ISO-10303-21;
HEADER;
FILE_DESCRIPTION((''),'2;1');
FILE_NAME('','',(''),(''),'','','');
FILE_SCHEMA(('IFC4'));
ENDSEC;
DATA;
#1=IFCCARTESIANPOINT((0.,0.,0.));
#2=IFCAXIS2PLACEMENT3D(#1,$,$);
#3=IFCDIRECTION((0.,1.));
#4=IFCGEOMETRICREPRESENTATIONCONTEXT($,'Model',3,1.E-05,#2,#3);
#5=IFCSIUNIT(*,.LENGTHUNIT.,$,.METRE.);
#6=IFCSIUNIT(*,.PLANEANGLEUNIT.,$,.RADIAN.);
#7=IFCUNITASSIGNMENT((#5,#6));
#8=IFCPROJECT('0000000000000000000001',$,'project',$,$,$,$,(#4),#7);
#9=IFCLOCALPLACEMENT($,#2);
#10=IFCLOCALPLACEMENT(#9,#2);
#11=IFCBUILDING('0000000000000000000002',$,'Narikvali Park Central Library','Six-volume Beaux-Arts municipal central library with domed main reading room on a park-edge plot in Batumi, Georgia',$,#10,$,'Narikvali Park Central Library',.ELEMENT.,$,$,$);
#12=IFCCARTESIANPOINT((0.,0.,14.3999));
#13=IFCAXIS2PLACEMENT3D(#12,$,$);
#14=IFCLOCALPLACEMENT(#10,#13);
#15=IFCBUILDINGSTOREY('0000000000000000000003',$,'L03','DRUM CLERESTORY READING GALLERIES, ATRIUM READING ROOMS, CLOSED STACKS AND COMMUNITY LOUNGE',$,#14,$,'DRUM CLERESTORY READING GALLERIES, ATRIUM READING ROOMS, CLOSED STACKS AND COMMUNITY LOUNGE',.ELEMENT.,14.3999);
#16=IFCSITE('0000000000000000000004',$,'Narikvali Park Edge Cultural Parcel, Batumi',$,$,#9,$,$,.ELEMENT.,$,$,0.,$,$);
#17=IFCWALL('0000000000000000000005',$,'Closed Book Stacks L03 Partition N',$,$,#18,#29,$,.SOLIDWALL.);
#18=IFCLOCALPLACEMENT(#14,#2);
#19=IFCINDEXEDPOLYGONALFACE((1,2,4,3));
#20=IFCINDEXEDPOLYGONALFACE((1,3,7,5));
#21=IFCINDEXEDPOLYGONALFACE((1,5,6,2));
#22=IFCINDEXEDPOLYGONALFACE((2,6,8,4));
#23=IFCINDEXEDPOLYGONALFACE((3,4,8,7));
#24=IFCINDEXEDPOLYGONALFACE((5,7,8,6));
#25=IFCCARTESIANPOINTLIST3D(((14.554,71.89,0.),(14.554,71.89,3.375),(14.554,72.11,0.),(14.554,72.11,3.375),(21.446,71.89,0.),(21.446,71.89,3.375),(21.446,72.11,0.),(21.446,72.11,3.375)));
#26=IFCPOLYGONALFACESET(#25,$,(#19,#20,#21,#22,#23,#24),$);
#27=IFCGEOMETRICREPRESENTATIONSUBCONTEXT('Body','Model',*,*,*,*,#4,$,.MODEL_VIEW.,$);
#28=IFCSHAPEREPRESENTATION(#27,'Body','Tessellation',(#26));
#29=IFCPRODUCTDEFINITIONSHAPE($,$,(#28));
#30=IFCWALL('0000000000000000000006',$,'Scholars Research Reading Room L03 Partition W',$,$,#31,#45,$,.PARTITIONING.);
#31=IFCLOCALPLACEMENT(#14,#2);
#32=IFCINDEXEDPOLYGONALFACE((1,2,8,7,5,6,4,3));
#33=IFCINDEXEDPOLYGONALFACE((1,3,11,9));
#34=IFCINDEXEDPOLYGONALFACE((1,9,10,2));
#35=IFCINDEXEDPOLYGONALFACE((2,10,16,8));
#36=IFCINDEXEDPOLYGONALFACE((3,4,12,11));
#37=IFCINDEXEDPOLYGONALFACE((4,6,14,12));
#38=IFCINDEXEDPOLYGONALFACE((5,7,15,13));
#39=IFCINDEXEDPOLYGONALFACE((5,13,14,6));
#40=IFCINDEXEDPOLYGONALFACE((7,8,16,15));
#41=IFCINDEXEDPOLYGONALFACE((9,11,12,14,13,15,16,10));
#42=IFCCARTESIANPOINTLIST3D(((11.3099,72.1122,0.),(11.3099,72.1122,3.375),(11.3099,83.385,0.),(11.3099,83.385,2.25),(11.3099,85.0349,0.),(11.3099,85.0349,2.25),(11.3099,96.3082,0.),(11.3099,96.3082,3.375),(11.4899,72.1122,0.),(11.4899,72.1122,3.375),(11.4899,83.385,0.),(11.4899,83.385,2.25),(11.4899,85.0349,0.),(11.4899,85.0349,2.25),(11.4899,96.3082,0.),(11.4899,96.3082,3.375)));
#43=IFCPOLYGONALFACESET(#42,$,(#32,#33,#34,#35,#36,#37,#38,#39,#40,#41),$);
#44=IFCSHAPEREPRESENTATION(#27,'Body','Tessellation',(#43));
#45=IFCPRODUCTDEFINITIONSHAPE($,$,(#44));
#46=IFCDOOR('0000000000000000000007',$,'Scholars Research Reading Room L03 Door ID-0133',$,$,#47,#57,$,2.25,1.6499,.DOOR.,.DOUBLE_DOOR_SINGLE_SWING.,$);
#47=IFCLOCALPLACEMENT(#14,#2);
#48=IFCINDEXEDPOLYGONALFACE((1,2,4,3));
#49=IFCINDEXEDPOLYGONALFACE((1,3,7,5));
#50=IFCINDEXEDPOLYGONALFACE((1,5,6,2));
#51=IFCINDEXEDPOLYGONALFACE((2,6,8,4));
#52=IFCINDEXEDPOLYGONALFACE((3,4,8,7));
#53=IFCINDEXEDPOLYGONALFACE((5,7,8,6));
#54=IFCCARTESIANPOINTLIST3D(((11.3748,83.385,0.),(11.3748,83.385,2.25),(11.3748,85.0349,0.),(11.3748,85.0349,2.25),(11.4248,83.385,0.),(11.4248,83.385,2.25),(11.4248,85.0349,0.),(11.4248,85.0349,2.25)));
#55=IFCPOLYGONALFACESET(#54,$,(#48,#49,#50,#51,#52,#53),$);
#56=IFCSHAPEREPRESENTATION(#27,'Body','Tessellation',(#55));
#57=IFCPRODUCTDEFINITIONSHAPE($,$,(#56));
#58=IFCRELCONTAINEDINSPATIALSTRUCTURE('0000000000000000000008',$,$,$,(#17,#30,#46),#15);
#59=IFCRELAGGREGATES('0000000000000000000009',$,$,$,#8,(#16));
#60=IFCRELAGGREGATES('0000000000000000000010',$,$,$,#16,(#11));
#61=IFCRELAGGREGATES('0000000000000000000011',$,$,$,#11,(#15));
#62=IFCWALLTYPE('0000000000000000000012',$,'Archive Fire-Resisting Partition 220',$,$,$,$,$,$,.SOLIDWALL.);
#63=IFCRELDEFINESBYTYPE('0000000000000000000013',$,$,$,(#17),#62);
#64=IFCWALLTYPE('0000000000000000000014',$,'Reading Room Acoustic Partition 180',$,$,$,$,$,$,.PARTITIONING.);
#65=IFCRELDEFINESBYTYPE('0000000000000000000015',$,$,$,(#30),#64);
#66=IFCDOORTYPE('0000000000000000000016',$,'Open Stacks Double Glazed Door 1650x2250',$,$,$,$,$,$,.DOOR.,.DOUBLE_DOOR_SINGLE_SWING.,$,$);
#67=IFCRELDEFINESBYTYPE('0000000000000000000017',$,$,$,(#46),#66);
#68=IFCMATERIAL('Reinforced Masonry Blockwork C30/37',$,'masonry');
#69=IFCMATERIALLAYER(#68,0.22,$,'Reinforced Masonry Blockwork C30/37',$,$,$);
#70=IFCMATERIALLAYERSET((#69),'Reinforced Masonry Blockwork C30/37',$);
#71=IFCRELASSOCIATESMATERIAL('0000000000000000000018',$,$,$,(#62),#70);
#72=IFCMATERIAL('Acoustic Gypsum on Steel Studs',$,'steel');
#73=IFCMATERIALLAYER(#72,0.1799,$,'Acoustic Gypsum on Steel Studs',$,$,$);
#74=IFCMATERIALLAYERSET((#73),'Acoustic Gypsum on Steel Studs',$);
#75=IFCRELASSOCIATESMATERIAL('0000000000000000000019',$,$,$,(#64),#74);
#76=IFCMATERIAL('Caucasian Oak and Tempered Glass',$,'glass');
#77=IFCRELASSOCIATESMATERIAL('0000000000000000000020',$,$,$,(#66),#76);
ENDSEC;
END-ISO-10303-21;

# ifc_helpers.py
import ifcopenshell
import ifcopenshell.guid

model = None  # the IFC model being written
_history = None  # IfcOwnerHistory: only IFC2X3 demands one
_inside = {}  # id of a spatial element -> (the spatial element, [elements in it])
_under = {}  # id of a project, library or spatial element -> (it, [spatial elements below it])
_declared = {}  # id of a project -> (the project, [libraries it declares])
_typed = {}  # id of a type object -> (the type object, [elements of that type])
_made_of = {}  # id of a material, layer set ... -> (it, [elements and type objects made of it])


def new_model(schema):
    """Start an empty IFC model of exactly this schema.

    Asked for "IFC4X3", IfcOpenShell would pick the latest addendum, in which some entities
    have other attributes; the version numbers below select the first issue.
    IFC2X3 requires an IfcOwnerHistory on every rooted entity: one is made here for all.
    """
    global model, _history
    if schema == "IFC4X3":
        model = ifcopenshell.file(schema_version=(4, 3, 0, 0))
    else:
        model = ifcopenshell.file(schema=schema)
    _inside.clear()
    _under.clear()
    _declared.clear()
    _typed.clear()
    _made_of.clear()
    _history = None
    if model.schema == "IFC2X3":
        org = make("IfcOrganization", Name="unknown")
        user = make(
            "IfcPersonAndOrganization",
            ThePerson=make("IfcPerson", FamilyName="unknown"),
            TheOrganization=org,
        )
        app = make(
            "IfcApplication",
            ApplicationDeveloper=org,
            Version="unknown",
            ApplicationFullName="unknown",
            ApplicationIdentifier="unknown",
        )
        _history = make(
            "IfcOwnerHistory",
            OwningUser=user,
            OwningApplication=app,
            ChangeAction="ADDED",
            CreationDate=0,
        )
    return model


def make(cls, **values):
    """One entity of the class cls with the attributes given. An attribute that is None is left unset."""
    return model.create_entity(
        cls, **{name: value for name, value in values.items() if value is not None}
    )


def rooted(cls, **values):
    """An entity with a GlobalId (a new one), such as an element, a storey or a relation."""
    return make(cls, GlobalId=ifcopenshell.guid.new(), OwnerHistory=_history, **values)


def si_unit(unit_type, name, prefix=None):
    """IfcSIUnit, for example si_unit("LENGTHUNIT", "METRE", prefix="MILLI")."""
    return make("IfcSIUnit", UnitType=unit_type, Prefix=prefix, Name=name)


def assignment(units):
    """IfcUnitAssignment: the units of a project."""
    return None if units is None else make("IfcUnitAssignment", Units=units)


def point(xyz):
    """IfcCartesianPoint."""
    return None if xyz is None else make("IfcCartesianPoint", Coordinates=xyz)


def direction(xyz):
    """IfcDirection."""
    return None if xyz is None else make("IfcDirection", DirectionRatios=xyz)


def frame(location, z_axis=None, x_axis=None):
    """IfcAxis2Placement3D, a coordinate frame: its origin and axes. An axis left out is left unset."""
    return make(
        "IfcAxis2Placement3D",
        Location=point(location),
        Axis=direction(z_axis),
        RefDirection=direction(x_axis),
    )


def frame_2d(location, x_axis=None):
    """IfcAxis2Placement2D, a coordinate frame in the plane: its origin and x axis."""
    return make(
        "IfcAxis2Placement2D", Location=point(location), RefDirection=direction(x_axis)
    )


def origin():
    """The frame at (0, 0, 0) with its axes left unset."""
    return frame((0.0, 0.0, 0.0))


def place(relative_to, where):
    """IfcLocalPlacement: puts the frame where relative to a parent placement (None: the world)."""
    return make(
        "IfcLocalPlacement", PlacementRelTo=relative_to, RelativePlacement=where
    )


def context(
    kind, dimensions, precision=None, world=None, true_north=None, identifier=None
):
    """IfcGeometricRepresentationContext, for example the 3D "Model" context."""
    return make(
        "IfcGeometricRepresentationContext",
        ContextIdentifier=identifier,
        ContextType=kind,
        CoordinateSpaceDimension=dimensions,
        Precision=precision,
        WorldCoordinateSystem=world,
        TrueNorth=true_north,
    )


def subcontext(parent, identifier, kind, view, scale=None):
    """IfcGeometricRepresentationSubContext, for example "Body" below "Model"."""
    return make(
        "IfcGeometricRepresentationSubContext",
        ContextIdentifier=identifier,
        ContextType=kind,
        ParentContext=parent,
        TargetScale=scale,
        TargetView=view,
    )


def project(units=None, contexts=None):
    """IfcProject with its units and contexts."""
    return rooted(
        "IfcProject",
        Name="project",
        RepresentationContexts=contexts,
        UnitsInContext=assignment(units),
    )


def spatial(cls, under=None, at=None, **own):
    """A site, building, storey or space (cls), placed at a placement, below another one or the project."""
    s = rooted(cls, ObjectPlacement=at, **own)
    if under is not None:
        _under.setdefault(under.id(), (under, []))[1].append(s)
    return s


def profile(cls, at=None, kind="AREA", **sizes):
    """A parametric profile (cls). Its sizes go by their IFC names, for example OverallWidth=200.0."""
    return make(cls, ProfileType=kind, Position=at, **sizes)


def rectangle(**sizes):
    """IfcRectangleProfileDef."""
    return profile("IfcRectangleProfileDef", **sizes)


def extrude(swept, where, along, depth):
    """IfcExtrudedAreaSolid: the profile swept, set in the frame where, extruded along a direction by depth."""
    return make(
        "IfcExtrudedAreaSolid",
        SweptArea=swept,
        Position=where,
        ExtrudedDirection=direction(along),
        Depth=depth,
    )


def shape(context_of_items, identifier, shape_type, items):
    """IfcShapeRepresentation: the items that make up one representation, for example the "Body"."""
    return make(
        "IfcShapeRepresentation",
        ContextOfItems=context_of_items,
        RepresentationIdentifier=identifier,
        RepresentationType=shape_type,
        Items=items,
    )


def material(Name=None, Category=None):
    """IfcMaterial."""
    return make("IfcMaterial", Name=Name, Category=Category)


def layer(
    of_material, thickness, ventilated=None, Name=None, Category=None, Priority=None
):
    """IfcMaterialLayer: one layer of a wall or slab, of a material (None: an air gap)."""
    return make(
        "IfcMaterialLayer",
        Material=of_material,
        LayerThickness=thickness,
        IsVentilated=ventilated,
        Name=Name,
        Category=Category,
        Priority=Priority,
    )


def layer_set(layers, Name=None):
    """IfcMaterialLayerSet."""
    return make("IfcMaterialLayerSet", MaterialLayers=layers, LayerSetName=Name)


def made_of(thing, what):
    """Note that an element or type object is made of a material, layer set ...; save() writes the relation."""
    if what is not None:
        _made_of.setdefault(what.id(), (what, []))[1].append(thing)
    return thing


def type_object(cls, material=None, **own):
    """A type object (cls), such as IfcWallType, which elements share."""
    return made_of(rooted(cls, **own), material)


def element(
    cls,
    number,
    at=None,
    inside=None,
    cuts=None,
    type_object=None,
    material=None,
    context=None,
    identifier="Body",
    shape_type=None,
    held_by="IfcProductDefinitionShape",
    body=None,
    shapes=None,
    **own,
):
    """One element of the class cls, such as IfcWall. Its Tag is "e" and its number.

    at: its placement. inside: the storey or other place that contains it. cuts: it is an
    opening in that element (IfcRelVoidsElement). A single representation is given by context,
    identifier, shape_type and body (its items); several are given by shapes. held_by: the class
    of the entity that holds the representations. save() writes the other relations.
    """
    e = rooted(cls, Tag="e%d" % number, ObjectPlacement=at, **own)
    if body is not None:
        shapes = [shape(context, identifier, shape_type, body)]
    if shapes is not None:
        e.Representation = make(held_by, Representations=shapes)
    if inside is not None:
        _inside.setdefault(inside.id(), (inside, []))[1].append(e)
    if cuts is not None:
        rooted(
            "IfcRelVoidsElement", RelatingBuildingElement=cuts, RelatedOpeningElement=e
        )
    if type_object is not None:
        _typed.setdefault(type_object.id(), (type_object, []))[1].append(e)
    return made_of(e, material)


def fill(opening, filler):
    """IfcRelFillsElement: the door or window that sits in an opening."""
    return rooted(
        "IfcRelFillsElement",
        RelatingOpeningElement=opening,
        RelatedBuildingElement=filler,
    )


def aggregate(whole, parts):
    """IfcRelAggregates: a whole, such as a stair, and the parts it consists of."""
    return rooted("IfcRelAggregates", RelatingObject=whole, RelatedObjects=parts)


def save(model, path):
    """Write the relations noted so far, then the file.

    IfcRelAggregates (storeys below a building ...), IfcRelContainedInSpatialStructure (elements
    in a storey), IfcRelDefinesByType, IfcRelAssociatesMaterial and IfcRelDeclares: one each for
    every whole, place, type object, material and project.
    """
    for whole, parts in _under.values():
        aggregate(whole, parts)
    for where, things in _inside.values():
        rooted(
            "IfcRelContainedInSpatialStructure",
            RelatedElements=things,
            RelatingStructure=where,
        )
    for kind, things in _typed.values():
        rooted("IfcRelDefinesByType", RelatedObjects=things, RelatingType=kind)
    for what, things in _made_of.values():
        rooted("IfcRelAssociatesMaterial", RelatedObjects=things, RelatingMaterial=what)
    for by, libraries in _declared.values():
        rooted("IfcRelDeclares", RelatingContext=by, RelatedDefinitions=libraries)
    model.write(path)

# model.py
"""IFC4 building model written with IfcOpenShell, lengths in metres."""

from ifc_helpers import new_model, si_unit, direction, frame, frame_2d, origin, place, context, subcontext, project, spatial, rectangle, extrude, material, layer, layer_set, type_object, element, fill, save


model = new_model("IFC4")

# Units and contexts
model_context = context("Model", 3, precision=1e-05, world=origin(), true_north=direction((0.0, 1.0)))
body_context = subcontext(model_context, "Body", "Model", "MODEL_VIEW")
ifc_project = project(units=[si_unit("LENGTHUNIT", "METRE"), si_unit("PLANEANGLEUNIT", "RADIAN")], contexts=[model_context])

# Site, building, storey
site_placement = place(None, origin())
site = spatial("IfcSite", under=ifc_project, at=site_placement, Name="Narikvali Park Edge Cultural Parcel, Batumi", CompositionType="ELEMENT", RefElevation=0.0)
building_placement = place(site_placement, origin())
building = spatial("IfcBuilding", under=site, at=building_placement, Name="Narikvali Park Central Library", Description="Six-volume Beaux-Arts municipal central library with domed main reading room on a park-edge plot in Batumi, Georgia", LongName="Narikvali Park Central Library", CompositionType="ELEMENT")
storey_placement = place(building_placement, frame((0.0, 0.0, 14.3999)))
storey = spatial("IfcBuildingStorey", under=building, at=storey_placement, Name="L03", Description="DRUM CLERESTORY READING GALLERIES, ATRIUM READING ROOMS, CLOSED STACKS AND COMMUNITY LOUNGE", LongName="DRUM CLERESTORY READING GALLERIES, ATRIUM READING ROOMS, CLOSED STACKS AND COMMUNITY LOUNGE", CompositionType="ELEMENT", Elevation=14.3999)

# Wall
ifc_material_1 = material(Name="Reinforced Masonry Blockwork C30/37", Category="masonry")
ifc_layer_1 = layer(ifc_material_1, 0.22, Name="Reinforced Masonry Blockwork C30/37")
ifc_layer_set_1 = layer_set([ifc_layer_1], Name="Reinforced Masonry Blockwork C30/37")
wall_type_1 = type_object("IfcWallType", Name="Archive Fire-Resisting Partition 220", PredefinedType="SOLIDWALL", material=ifc_layer_set_1)
wall_1_placement = place(storey_placement, frame((14.554, 72.0, 0.0), z_axis=(0.0, 0.0, 1.0), x_axis=(1.0, 0.0, 0.0)))
element("IfcWall", 1, at=wall_1_placement, inside=storey, type_object=wall_type_1, Name="Closed Book Stacks L03 Partition N", PredefinedType="SOLIDWALL", context=body_context, shape_type="SweptSolid", body=[
    extrude(rectangle(XDim=6.8921, YDim=0.22, at=frame_2d((3.446, 0.0))), origin(), (0.0, 0.0, 1.0), 3.375),
])

# Wall, opening, door
ifc_material_2 = material(Name="Acoustic Gypsum on Steel Studs", Category="steel")
ifc_layer_2 = layer(ifc_material_2, 0.1799, Name="Acoustic Gypsum on Steel Studs")
ifc_layer_set_2 = layer_set([ifc_layer_2], Name="Acoustic Gypsum on Steel Studs")
wall_type_2 = type_object("IfcWallType", Name="Reading Room Acoustic Partition 180", PredefinedType="PARTITIONING", material=ifc_layer_set_2)
wall_2_placement = place(storey_placement, frame((11.3999, 72.1121, 0.0), z_axis=(0.0, 0.0, 1.0), x_axis=(0.0, 1.0, 0.0)))
wall_2 = element("IfcWall", 2, at=wall_2_placement, inside=storey, type_object=wall_type_2, Name="Scholars Research Reading Room L03 Partition W", PredefinedType="PARTITIONING", context=body_context, shape_type="SweptSolid", body=[
    extrude(rectangle(XDim=24.196, YDim=0.1799, at=frame_2d((12.0981, 0.0))), origin(), (0.0, 0.0, 1.0), 3.375),
])
opening_placement = place(wall_2_placement, frame((11.2729, 0.0, 0.0)))
opening = element("IfcOpeningElement", 3, at=opening_placement, cuts=wall_2, PredefinedType="OPENING", context=body_context, shape_type="SweptSolid", body=[
    extrude(rectangle(XDim=1.6499, YDim=2.25, at=frame_2d((0.825, 1.125))), frame((0.0, 0.1021, 0.0), z_axis=(0.0, -1.0, 0.0), x_axis=(1.0, 0.0, 0.0)), (0.0, 0.0, 1.0), 0.2039),
])
ifc_material_3 = material(Name="Caucasian Oak and Tempered Glass", Category="glass")
door_type = type_object("IfcDoorType", Name="Open Stacks Double Glazed Door 1650x2250", OperationType="DOUBLE_DOOR_SINGLE_SWING", PredefinedType="DOOR", material=ifc_material_3)
door_placement = place(opening_placement, frame((1.6499, 0.0, 0.0), z_axis=(0.0, 0.0, 1.0), x_axis=(-1.0, 0.0, 0.0)))
door = element("IfcDoor", 4, at=door_placement, inside=storey, type_object=door_type, Name="Scholars Research Reading Room L03 Door ID-0133", OperationType="DOUBLE_DOOR_SINGLE_SWING", OverallHeight=2.25, OverallWidth=1.6499, PredefinedType="DOOR", context=body_context, shape_type="SweptSolid", body=[
    extrude(rectangle(XDim=1.6499, YDim=2.25, at=frame_2d((0.825, 1.125))), frame((0.0, 0.0249, 0.0), z_axis=(0.0, -1.0, 0.0), x_axis=(1.0, 0.0, 0.0)), (0.0, 0.0, 1.0), 0.05),
])
fill(opening, door)

save(model, "model.ifc")
